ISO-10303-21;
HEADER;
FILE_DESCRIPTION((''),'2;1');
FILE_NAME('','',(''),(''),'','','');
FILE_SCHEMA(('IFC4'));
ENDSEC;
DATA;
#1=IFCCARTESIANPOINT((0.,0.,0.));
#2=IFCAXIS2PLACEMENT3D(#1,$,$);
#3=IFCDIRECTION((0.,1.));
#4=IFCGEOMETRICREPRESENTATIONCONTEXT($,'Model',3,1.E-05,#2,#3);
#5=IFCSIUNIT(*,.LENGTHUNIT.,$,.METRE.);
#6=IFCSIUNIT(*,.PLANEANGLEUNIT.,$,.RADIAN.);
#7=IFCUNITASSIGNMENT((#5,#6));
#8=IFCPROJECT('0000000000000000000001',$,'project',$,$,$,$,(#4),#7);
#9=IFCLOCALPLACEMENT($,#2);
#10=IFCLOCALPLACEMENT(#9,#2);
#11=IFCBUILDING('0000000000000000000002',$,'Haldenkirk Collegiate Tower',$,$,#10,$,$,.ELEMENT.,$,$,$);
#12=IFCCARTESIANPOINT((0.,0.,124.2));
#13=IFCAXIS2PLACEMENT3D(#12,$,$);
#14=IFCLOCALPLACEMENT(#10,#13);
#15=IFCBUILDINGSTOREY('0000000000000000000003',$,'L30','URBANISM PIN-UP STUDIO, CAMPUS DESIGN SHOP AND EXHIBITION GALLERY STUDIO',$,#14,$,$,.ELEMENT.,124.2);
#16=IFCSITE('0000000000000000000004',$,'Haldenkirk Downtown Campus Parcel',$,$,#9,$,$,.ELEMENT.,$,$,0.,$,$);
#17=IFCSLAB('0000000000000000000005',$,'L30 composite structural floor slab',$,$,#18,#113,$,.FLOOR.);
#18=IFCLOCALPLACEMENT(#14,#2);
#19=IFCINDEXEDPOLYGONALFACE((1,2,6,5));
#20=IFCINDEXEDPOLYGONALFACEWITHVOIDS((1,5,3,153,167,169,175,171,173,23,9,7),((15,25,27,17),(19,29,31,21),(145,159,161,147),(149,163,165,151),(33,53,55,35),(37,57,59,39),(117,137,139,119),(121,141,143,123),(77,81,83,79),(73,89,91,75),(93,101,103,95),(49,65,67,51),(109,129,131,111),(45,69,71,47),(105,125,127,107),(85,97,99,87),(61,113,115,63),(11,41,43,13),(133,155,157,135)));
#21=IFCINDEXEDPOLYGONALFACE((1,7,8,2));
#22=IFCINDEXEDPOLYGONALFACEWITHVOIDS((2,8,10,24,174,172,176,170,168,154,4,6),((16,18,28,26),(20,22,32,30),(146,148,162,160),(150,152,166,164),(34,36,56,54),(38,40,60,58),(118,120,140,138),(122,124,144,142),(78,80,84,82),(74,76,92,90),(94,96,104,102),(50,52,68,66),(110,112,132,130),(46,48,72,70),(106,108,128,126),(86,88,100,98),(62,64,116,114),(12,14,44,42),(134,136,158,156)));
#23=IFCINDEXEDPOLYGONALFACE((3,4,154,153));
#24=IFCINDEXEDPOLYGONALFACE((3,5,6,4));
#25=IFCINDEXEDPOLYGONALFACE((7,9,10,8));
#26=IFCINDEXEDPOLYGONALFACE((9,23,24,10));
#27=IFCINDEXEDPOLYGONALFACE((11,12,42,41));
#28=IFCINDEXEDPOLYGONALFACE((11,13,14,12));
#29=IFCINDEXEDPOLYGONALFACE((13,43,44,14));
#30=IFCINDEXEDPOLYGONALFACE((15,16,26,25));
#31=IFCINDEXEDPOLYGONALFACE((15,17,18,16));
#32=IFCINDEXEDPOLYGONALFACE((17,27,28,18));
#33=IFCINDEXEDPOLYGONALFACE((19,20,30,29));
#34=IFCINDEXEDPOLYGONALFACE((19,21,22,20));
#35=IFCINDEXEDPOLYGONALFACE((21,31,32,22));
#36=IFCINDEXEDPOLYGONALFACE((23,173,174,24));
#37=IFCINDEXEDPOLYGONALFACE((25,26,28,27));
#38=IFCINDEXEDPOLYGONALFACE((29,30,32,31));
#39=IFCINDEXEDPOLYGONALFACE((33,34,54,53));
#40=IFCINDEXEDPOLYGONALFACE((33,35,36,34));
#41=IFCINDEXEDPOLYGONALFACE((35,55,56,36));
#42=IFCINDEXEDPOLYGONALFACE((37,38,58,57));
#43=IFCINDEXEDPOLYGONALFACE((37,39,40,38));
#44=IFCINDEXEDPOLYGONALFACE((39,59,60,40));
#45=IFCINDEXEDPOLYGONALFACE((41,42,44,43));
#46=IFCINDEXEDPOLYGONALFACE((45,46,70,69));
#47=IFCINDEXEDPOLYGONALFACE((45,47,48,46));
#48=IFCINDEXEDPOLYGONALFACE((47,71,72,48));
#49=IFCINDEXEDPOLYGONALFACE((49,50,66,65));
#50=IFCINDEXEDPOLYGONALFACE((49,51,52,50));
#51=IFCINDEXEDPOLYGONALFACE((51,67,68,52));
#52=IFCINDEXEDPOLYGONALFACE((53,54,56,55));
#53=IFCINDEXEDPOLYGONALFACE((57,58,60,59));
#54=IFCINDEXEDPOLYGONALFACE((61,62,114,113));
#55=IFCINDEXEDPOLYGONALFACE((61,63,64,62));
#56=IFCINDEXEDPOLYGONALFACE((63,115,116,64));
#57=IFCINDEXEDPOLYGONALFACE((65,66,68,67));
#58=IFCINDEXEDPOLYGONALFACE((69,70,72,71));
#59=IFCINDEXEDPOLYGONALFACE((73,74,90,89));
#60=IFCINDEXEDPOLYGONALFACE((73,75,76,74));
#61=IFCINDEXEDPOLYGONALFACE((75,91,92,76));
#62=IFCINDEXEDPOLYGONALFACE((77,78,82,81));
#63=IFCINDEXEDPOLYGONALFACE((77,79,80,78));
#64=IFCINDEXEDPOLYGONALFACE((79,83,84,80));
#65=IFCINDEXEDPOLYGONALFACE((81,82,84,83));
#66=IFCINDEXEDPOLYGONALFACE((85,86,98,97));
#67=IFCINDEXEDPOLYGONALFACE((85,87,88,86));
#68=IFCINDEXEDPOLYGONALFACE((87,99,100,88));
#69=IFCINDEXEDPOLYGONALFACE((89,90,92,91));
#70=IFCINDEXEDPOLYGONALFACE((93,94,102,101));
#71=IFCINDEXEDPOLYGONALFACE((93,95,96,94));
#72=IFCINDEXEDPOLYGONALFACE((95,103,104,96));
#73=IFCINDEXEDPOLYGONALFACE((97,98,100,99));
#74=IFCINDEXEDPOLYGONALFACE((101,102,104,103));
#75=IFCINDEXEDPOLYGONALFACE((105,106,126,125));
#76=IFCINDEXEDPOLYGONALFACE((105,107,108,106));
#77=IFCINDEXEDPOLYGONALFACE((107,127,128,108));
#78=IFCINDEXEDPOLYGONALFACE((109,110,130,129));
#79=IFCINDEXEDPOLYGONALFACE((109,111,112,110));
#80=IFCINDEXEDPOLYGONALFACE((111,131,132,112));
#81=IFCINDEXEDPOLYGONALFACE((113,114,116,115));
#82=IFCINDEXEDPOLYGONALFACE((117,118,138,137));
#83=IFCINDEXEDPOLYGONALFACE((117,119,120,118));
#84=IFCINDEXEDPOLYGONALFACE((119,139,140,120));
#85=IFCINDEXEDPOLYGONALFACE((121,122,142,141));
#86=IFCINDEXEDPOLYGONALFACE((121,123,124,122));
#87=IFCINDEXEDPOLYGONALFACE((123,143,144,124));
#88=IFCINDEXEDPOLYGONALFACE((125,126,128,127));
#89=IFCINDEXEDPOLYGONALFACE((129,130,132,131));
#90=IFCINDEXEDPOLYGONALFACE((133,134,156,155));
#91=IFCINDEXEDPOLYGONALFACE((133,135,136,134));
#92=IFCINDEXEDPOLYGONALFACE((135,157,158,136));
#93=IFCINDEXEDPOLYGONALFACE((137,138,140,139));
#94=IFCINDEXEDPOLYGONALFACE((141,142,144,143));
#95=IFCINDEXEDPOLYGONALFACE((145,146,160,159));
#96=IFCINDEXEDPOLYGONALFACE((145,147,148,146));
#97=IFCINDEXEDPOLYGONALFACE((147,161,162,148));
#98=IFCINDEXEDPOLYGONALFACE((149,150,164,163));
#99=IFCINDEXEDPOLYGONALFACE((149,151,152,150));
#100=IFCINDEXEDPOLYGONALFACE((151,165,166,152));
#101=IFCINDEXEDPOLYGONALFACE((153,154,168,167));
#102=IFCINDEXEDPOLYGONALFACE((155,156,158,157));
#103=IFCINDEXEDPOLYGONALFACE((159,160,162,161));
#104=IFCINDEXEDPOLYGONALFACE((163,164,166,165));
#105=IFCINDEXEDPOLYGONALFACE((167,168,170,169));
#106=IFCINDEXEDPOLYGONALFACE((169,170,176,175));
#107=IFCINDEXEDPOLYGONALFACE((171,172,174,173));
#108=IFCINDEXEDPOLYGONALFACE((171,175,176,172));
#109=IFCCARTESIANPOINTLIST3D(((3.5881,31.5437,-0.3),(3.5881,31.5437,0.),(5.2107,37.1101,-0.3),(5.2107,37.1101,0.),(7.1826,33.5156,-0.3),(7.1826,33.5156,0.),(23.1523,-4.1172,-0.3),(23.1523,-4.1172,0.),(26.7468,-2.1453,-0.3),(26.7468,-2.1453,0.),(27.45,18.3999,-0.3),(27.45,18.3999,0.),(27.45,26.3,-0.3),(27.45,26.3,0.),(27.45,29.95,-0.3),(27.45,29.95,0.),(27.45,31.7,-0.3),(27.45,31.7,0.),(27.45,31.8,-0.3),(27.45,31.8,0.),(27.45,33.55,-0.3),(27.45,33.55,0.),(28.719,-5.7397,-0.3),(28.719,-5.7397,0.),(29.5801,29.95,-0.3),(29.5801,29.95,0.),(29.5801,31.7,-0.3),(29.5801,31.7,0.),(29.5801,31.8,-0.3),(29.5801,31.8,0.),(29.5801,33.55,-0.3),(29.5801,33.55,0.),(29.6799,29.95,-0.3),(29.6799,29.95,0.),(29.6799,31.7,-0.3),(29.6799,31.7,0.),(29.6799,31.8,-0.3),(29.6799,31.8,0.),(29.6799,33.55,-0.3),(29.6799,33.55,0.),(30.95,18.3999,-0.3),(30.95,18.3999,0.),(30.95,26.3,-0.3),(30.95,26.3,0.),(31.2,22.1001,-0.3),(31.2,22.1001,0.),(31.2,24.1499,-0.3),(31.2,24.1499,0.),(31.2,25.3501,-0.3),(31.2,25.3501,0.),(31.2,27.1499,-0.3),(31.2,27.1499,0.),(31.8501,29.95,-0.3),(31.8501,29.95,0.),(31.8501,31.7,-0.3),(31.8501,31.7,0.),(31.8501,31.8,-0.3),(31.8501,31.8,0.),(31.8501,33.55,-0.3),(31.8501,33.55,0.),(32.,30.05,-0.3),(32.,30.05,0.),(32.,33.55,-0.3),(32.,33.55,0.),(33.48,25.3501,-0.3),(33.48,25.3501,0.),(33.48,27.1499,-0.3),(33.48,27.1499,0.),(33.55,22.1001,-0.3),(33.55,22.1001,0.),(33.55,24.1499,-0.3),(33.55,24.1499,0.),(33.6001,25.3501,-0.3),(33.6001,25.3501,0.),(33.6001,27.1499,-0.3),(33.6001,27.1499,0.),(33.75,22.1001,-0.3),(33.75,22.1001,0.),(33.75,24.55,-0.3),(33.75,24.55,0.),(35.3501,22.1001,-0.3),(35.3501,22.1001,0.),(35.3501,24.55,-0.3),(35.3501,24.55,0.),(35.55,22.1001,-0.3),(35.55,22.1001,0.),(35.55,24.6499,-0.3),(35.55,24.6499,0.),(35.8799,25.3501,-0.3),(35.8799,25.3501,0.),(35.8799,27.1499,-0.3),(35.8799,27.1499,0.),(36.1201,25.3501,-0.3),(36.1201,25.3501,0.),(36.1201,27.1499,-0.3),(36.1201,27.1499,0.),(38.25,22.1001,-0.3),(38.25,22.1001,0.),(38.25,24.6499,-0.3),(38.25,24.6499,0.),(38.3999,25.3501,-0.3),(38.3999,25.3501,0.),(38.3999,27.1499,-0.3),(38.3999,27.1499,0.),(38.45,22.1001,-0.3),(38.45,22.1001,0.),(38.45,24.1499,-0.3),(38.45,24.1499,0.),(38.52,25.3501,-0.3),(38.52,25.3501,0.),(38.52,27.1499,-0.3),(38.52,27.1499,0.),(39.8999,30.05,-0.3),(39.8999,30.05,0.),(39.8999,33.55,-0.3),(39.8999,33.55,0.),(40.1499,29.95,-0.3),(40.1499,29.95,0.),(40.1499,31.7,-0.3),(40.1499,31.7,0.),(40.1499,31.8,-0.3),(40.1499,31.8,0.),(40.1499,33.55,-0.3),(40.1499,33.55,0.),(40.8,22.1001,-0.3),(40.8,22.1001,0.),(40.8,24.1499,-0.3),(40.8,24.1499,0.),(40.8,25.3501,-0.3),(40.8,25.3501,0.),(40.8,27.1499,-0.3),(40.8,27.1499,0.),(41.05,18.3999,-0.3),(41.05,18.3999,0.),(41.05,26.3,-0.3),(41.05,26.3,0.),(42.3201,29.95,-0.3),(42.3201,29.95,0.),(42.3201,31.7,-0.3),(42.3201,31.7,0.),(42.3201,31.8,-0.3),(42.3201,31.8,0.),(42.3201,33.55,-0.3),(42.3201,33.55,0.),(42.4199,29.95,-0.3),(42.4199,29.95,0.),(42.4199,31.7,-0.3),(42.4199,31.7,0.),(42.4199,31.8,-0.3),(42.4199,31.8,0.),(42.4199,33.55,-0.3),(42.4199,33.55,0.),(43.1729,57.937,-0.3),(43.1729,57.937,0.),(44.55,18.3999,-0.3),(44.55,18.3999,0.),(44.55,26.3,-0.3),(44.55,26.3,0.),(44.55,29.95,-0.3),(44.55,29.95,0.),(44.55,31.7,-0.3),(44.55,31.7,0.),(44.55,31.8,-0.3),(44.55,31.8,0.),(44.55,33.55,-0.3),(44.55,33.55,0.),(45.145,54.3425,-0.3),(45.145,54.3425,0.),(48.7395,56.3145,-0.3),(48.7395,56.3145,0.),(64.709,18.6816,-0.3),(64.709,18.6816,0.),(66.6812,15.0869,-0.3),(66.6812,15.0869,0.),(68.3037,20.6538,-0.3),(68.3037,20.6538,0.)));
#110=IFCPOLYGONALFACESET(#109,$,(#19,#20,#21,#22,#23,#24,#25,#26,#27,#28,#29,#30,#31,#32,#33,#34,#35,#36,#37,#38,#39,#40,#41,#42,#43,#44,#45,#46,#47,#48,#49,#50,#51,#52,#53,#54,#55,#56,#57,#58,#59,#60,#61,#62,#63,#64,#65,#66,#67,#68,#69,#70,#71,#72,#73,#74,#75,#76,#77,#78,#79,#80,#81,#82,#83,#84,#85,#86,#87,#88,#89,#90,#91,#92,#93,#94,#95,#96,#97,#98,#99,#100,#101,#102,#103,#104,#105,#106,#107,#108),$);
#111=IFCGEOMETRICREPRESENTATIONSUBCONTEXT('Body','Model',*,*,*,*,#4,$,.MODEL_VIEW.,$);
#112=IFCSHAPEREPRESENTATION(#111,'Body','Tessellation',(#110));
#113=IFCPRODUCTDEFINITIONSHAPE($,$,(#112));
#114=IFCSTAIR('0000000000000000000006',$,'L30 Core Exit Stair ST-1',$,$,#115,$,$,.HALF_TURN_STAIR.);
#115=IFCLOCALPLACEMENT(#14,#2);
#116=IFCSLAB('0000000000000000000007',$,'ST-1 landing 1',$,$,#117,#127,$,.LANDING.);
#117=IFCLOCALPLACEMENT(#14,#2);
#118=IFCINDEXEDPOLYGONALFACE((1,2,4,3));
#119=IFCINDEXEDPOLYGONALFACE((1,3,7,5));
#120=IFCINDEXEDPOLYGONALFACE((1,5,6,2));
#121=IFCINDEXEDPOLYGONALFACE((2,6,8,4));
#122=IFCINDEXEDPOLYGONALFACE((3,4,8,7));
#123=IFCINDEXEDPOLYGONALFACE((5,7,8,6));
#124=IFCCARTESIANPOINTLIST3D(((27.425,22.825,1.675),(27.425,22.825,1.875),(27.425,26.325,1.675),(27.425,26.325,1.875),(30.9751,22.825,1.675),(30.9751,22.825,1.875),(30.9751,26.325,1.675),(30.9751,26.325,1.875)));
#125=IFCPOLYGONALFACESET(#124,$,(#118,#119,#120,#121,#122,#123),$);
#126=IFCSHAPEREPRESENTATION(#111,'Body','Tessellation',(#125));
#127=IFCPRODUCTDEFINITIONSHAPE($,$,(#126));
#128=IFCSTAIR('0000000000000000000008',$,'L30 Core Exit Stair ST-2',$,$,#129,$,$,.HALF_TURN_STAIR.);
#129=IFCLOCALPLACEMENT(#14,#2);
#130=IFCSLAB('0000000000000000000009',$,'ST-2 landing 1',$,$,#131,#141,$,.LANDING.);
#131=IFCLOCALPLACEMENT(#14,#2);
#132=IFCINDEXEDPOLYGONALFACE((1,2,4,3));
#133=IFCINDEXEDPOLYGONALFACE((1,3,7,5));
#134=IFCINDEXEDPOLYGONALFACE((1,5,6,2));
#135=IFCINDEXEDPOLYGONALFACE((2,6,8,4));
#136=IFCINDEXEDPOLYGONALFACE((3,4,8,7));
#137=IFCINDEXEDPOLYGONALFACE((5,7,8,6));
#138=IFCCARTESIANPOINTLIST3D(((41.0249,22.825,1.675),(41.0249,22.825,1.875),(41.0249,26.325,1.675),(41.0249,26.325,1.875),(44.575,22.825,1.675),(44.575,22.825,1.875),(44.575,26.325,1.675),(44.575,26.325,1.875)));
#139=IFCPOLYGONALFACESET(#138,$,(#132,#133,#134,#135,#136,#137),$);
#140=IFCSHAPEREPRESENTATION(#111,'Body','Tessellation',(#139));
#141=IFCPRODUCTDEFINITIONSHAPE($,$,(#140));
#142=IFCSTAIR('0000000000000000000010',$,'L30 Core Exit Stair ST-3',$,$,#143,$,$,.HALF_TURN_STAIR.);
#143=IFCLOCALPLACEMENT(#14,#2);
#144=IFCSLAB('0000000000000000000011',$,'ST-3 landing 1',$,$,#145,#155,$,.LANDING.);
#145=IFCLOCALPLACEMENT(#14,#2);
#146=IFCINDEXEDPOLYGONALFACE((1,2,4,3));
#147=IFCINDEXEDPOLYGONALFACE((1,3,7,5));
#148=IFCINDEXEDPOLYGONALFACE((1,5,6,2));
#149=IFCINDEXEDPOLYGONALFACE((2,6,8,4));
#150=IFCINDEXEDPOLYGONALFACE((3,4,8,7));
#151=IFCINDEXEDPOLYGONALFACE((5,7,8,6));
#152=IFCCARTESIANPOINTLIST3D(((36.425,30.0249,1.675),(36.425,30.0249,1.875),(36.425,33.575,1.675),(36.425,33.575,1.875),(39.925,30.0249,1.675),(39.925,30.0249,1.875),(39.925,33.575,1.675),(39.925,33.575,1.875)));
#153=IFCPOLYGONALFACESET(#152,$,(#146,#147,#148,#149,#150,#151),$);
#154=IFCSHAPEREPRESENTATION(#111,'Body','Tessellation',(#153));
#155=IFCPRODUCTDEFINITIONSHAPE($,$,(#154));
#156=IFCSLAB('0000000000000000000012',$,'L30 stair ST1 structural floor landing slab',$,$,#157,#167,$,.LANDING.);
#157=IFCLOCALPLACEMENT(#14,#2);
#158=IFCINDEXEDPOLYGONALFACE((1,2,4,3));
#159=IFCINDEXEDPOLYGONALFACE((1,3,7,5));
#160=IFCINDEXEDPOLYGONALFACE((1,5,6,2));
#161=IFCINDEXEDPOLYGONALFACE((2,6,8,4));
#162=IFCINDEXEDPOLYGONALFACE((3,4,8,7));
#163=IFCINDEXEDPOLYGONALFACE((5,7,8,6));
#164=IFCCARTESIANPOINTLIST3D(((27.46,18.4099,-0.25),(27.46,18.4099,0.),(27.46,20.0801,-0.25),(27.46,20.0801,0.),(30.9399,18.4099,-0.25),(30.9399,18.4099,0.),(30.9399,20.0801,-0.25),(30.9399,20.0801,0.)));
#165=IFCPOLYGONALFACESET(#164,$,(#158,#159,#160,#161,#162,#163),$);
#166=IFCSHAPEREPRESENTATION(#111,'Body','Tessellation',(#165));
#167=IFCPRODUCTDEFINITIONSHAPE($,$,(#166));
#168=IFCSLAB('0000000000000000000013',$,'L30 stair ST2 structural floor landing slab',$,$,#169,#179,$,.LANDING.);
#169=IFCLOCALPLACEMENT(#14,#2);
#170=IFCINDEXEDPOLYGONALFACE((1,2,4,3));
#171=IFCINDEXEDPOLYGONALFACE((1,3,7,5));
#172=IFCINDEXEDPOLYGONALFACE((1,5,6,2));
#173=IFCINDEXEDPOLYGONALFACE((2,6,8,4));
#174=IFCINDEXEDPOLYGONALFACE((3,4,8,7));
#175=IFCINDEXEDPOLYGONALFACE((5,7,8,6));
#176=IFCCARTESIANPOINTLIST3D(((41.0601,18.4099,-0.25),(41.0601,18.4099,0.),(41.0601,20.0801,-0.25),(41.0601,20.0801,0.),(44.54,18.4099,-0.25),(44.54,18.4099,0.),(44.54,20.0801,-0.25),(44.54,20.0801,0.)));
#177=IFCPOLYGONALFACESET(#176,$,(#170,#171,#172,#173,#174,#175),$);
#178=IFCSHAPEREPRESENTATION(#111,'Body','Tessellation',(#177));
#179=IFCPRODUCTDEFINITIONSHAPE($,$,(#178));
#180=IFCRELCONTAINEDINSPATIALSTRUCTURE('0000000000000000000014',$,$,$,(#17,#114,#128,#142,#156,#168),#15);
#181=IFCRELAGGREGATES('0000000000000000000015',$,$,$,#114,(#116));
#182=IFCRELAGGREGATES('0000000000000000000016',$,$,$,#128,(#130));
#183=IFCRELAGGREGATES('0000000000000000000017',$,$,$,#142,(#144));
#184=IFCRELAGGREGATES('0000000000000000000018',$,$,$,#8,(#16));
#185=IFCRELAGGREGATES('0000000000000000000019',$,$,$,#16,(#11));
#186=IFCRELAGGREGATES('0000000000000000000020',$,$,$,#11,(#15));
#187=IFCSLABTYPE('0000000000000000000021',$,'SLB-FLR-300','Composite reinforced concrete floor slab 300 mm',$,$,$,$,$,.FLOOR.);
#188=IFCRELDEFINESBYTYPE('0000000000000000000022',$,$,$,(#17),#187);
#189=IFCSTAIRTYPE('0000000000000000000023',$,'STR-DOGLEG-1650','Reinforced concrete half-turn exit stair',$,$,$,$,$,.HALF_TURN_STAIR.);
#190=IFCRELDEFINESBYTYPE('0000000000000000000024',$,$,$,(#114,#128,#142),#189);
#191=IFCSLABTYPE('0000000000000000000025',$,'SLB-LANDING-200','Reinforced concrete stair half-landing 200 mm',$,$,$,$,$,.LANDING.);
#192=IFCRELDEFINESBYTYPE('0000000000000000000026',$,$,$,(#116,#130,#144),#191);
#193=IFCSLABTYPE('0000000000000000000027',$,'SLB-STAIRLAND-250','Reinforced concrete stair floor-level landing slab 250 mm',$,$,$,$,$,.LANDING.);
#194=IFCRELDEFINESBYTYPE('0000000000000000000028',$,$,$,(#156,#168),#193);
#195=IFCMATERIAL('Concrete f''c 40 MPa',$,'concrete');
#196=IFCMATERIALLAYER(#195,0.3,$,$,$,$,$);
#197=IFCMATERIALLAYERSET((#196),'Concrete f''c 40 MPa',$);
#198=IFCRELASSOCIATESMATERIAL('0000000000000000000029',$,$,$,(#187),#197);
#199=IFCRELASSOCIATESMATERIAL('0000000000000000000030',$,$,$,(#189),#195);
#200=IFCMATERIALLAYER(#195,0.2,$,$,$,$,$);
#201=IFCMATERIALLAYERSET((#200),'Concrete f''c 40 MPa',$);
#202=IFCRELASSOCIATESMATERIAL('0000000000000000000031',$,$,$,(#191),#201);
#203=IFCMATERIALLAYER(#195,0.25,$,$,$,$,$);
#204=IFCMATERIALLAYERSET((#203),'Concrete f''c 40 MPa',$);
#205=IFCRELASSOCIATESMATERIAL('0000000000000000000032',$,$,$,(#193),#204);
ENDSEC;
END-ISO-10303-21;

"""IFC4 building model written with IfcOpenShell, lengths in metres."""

from ifc_helpers import new_model, si_unit, direction, frame, origin, place, context, subcontext, project, spatial, polyline, outline, extrude, material, layer, layer_set, type_object, element, aggregate, save


model = new_model("IFC4")

# Units and contexts
model_context = context("Model", 3, precision=1e-05, world=origin(), true_north=direction((0.0, 1.0)))
body_context = subcontext(model_context, "Body", "Model", "MODEL_VIEW")
ifc_project = project(units=[si_unit("LENGTHUNIT", "METRE"), si_unit("PLANEANGLEUNIT", "RADIAN")], contexts=[model_context])

# Site, building, storey
site_placement = place(None, origin())
site = spatial("IfcSite", under=ifc_project, at=site_placement, Name="Haldenkirk Downtown Campus Parcel", CompositionType="ELEMENT", RefElevation=0.0)
building_placement = place(site_placement, origin())
building = spatial("IfcBuilding", under=site, at=building_placement, Name="Haldenkirk Collegiate Tower", CompositionType="ELEMENT")
storey_placement = place(building_placement, frame((0.0, 0.0, 124.2)))
storey = spatial("IfcBuildingStorey", under=building, at=storey_placement, Name="L30", Description="URBANISM PIN-UP STUDIO, CAMPUS DESIGN SHOP AND EXHIBITION GALLERY STUDIO", CompositionType="ELEMENT", Elevation=124.2)

# Slab
ifc_material_1 = material(Name="Concrete f'c 40 MPa", Category="concrete")
ifc_layer_1 = layer(ifc_material_1, 0.3)
ifc_layer_set_1 = layer_set([ifc_layer_1], Name="Concrete f'c 40 MPa")
slab_type_1 = type_object("IfcSlabType", Name="SLB-FLR-300", Description="Composite reinforced concrete floor slab 300 mm", PredefinedType="FLOOR", material=ifc_layer_set_1)
slab_1_placement = place(storey_placement, frame((0.0, 0.0, -0.3)))
element("IfcSlab", 1, at=slab_1_placement, inside=storey, type_object=slab_type_1, Name="L30 composite structural floor slab", PredefinedType="FLOOR", context=body_context, shape_type="SweptSolid", body=[
    extrude(outline(polyline([(28.719, -5.7397), (66.6812, 15.0869), (64.709, 18.6816), (68.3037, 20.6538), (48.7395, 56.3145), (45.145, 54.3425), (43.1729, 57.937), (5.2107, 37.1101), (7.1826, 33.5156), (3.5881, 31.5437), (23.1523, -4.1172), (26.7468, -2.1453), (28.719, -5.7397)]), holes=[polyline([(27.45, 18.3999), (30.95, 18.3999), (30.95, 26.3), (27.45, 26.3), (27.45, 18.3999)]), polyline([(41.05, 18.3999), (44.55, 18.3999), (44.55, 26.3), (41.05, 26.3), (41.05, 18.3999)]), polyline([(32.0, 30.05), (39.8999, 30.05), (39.8999, 33.55), (32.0, 33.55), (32.0, 30.05)]), polyline([(33.75, 22.1001), (35.3501, 22.1001), (35.3501, 24.55), (33.75, 24.55), (33.75, 22.1001)]), polyline([(27.45, 29.95), (29.5801, 29.95), (29.5801, 31.7), (27.45, 31.7), (27.45, 29.95)]), polyline([(29.6799, 29.95), (31.8501, 29.95), (31.8501, 31.7), (29.6799, 31.7), (29.6799, 29.95)]), polyline([(27.45, 31.8), (29.5801, 31.8), (29.5801, 33.55), (27.45, 33.55), (27.45, 31.8)]), polyline([(29.6799, 31.8), (31.8501, 31.8), (31.8501, 33.55), (29.6799, 33.55), (29.6799, 31.8)]), polyline([(40.1499, 29.95), (42.3201, 29.95), (42.3201, 31.7), (40.1499, 31.7), (40.1499, 29.95)]), polyline([(42.4199, 29.95), (44.55, 29.95), (44.55, 31.7), (42.4199, 31.7), (42.4199, 29.95)]), polyline([(40.1499, 31.8), (42.3201, 31.8), (42.3201, 33.55), (40.1499, 33.55), (40.1499, 31.8)]), polyline([(42.4199, 31.8), (44.55, 31.8), (44.55, 33.55), (42.4199, 33.55), (42.4199, 31.8)]), polyline([(31.2, 25.3501), (33.48, 25.3501), (33.48, 27.1499), (31.2, 27.1499), (31.2, 25.3501)]), polyline([(33.6001, 25.3501), (35.8799, 25.3501), (35.8799, 27.1499), (33.6001, 27.1499), (33.6001, 25.3501)]), polyline([(36.1201, 25.3501), (38.3999, 25.3501), (38.3999, 27.1499), (36.1201, 27.1499), (36.1201, 25.3501)]), polyline([(38.52, 25.3501), (40.8, 25.3501), (40.8, 27.1499), (38.52, 27.1499), (38.52, 25.3501)]), polyline([(31.2, 22.1001), (33.55, 22.1001), (33.55, 24.1499), (31.2, 24.1499), (31.2, 22.1001)]), polyline([(38.45, 22.1001), (40.8, 22.1001), (40.8, 24.1499), (38.45, 24.1499), (38.45, 22.1001)]), polyline([(35.55, 22.1001), (38.25, 22.1001), (38.25, 24.6499), (35.55, 24.6499), (35.55, 22.1001)])]), origin(), (0.0, 0.0, 1.0), 0.3),
])

# Stairs, slabs
stair_type = type_object("IfcStairType", Name="STR-DOGLEG-1650", Description="Reinforced concrete half-turn exit stair", PredefinedType="HALF_TURN_STAIR", material=ifc_material_1)
stair_1_placement = place(storey_placement, origin())
stair_1 = element("IfcStair", 2, at=stair_1_placement, inside=storey, type_object=stair_type, Name="L30 Core Exit Stair ST-1", PredefinedType="HALF_TURN_STAIR")
ifc_layer_2 = layer(ifc_material_1, 0.2)
ifc_layer_set_2 = layer_set([ifc_layer_2], Name="Concrete f'c 40 MPa")
slab_type_2 = type_object("IfcSlabType", Name="SLB-LANDING-200", Description="Reinforced concrete stair half-landing 200 mm", PredefinedType="LANDING", material=ifc_layer_set_2)
slab_2_placement = place(storey_placement, frame((0.0, 0.0, 1.675)))
slab_2 = element("IfcSlab", 3, at=slab_2_placement, type_object=slab_type_2, Name="ST-1 landing 1", PredefinedType="LANDING", context=body_context, shape_type="SweptSolid", body=[
    extrude(outline(polyline([(30.9751, 22.825), (27.425, 22.825), (27.425, 26.325), (30.9751, 26.325), (30.9751, 22.825)])), origin(), (0.0, 0.0, 1.0), 0.2),
])
aggregate(stair_1, [slab_2])
stair_2_placement = place(storey_placement, origin())
stair_2 = element("IfcStair", 4, at=stair_2_placement, inside=storey, type_object=stair_type, Name="L30 Core Exit Stair ST-2", PredefinedType="HALF_TURN_STAIR")
slab_3_placement = place(storey_placement, frame((0.0, 0.0, 1.675)))
slab_3 = element("IfcSlab", 5, at=slab_3_placement, type_object=slab_type_2, Name="ST-2 landing 1", PredefinedType="LANDING", context=body_context, shape_type="SweptSolid", body=[
    extrude(outline(polyline([(44.575, 22.825), (41.0249, 22.825), (41.0249, 26.325), (44.575, 26.325), (44.575, 22.825)])), origin(), (0.0, 0.0, 1.0), 0.2),
])
aggregate(stair_2, [slab_3])
stair_3_placement = place(storey_placement, origin())
stair_3 = element("IfcStair", 6, at=stair_3_placement, inside=storey, type_object=stair_type, Name="L30 Core Exit Stair ST-3", PredefinedType="HALF_TURN_STAIR")
slab_4_placement = place(storey_placement, frame((0.0, 0.0, 1.675)))
slab_4 = element("IfcSlab", 7, at=slab_4_placement, type_object=slab_type_2, Name="ST-3 landing 1", PredefinedType="LANDING", context=body_context, shape_type="SweptSolid", body=[
    extrude(outline(polyline([(36.425, 30.0249), (36.425, 33.575), (39.925, 33.575), (39.925, 30.0249), (36.425, 30.0249)])), origin(), (0.0, 0.0, 1.0), 0.2),
])
aggregate(stair_3, [slab_4])

# Slabs
ifc_layer_3 = layer(ifc_material_1, 0.25)
ifc_layer_set_3 = layer_set([ifc_layer_3], Name="Concrete f'c 40 MPa")
slab_type_3 = type_object("IfcSlabType", Name="SLB-STAIRLAND-250", Description="Reinforced concrete stair floor-level landing slab 250 mm", PredefinedType="LANDING", material=ifc_layer_set_3)
slab_5_placement = place(storey_placement, frame((0.0, 0.0, -0.25)))
element("IfcSlab", 8, at=slab_5_placement, inside=storey, type_object=slab_type_3, Name="L30 stair ST1 structural floor landing slab", PredefinedType="LANDING", context=body_context, shape_type="SweptSolid", body=[
    extrude(outline(polyline([(27.46, 18.4099), (30.9399, 18.4099), (30.9399, 20.0801), (27.46, 20.0801), (27.46, 18.4099)])), origin(), (0.0, 0.0, 1.0), 0.25),
])
slab_6_placement = place(storey_placement, frame((0.0, 0.0, -0.25)))
element("IfcSlab", 9, at=slab_6_placement, inside=storey, type_object=slab_type_3, Name="L30 stair ST2 structural floor landing slab", PredefinedType="LANDING", context=body_context, shape_type="SweptSolid", body=[
    extrude(outline(polyline([(41.0601, 18.4099), (44.54, 18.4099), (44.54, 20.0801), (41.0601, 20.0801), (41.0601, 18.4099)])), origin(), (0.0, 0.0, 1.0), 0.25),
])

save(model, "model.ifc")
